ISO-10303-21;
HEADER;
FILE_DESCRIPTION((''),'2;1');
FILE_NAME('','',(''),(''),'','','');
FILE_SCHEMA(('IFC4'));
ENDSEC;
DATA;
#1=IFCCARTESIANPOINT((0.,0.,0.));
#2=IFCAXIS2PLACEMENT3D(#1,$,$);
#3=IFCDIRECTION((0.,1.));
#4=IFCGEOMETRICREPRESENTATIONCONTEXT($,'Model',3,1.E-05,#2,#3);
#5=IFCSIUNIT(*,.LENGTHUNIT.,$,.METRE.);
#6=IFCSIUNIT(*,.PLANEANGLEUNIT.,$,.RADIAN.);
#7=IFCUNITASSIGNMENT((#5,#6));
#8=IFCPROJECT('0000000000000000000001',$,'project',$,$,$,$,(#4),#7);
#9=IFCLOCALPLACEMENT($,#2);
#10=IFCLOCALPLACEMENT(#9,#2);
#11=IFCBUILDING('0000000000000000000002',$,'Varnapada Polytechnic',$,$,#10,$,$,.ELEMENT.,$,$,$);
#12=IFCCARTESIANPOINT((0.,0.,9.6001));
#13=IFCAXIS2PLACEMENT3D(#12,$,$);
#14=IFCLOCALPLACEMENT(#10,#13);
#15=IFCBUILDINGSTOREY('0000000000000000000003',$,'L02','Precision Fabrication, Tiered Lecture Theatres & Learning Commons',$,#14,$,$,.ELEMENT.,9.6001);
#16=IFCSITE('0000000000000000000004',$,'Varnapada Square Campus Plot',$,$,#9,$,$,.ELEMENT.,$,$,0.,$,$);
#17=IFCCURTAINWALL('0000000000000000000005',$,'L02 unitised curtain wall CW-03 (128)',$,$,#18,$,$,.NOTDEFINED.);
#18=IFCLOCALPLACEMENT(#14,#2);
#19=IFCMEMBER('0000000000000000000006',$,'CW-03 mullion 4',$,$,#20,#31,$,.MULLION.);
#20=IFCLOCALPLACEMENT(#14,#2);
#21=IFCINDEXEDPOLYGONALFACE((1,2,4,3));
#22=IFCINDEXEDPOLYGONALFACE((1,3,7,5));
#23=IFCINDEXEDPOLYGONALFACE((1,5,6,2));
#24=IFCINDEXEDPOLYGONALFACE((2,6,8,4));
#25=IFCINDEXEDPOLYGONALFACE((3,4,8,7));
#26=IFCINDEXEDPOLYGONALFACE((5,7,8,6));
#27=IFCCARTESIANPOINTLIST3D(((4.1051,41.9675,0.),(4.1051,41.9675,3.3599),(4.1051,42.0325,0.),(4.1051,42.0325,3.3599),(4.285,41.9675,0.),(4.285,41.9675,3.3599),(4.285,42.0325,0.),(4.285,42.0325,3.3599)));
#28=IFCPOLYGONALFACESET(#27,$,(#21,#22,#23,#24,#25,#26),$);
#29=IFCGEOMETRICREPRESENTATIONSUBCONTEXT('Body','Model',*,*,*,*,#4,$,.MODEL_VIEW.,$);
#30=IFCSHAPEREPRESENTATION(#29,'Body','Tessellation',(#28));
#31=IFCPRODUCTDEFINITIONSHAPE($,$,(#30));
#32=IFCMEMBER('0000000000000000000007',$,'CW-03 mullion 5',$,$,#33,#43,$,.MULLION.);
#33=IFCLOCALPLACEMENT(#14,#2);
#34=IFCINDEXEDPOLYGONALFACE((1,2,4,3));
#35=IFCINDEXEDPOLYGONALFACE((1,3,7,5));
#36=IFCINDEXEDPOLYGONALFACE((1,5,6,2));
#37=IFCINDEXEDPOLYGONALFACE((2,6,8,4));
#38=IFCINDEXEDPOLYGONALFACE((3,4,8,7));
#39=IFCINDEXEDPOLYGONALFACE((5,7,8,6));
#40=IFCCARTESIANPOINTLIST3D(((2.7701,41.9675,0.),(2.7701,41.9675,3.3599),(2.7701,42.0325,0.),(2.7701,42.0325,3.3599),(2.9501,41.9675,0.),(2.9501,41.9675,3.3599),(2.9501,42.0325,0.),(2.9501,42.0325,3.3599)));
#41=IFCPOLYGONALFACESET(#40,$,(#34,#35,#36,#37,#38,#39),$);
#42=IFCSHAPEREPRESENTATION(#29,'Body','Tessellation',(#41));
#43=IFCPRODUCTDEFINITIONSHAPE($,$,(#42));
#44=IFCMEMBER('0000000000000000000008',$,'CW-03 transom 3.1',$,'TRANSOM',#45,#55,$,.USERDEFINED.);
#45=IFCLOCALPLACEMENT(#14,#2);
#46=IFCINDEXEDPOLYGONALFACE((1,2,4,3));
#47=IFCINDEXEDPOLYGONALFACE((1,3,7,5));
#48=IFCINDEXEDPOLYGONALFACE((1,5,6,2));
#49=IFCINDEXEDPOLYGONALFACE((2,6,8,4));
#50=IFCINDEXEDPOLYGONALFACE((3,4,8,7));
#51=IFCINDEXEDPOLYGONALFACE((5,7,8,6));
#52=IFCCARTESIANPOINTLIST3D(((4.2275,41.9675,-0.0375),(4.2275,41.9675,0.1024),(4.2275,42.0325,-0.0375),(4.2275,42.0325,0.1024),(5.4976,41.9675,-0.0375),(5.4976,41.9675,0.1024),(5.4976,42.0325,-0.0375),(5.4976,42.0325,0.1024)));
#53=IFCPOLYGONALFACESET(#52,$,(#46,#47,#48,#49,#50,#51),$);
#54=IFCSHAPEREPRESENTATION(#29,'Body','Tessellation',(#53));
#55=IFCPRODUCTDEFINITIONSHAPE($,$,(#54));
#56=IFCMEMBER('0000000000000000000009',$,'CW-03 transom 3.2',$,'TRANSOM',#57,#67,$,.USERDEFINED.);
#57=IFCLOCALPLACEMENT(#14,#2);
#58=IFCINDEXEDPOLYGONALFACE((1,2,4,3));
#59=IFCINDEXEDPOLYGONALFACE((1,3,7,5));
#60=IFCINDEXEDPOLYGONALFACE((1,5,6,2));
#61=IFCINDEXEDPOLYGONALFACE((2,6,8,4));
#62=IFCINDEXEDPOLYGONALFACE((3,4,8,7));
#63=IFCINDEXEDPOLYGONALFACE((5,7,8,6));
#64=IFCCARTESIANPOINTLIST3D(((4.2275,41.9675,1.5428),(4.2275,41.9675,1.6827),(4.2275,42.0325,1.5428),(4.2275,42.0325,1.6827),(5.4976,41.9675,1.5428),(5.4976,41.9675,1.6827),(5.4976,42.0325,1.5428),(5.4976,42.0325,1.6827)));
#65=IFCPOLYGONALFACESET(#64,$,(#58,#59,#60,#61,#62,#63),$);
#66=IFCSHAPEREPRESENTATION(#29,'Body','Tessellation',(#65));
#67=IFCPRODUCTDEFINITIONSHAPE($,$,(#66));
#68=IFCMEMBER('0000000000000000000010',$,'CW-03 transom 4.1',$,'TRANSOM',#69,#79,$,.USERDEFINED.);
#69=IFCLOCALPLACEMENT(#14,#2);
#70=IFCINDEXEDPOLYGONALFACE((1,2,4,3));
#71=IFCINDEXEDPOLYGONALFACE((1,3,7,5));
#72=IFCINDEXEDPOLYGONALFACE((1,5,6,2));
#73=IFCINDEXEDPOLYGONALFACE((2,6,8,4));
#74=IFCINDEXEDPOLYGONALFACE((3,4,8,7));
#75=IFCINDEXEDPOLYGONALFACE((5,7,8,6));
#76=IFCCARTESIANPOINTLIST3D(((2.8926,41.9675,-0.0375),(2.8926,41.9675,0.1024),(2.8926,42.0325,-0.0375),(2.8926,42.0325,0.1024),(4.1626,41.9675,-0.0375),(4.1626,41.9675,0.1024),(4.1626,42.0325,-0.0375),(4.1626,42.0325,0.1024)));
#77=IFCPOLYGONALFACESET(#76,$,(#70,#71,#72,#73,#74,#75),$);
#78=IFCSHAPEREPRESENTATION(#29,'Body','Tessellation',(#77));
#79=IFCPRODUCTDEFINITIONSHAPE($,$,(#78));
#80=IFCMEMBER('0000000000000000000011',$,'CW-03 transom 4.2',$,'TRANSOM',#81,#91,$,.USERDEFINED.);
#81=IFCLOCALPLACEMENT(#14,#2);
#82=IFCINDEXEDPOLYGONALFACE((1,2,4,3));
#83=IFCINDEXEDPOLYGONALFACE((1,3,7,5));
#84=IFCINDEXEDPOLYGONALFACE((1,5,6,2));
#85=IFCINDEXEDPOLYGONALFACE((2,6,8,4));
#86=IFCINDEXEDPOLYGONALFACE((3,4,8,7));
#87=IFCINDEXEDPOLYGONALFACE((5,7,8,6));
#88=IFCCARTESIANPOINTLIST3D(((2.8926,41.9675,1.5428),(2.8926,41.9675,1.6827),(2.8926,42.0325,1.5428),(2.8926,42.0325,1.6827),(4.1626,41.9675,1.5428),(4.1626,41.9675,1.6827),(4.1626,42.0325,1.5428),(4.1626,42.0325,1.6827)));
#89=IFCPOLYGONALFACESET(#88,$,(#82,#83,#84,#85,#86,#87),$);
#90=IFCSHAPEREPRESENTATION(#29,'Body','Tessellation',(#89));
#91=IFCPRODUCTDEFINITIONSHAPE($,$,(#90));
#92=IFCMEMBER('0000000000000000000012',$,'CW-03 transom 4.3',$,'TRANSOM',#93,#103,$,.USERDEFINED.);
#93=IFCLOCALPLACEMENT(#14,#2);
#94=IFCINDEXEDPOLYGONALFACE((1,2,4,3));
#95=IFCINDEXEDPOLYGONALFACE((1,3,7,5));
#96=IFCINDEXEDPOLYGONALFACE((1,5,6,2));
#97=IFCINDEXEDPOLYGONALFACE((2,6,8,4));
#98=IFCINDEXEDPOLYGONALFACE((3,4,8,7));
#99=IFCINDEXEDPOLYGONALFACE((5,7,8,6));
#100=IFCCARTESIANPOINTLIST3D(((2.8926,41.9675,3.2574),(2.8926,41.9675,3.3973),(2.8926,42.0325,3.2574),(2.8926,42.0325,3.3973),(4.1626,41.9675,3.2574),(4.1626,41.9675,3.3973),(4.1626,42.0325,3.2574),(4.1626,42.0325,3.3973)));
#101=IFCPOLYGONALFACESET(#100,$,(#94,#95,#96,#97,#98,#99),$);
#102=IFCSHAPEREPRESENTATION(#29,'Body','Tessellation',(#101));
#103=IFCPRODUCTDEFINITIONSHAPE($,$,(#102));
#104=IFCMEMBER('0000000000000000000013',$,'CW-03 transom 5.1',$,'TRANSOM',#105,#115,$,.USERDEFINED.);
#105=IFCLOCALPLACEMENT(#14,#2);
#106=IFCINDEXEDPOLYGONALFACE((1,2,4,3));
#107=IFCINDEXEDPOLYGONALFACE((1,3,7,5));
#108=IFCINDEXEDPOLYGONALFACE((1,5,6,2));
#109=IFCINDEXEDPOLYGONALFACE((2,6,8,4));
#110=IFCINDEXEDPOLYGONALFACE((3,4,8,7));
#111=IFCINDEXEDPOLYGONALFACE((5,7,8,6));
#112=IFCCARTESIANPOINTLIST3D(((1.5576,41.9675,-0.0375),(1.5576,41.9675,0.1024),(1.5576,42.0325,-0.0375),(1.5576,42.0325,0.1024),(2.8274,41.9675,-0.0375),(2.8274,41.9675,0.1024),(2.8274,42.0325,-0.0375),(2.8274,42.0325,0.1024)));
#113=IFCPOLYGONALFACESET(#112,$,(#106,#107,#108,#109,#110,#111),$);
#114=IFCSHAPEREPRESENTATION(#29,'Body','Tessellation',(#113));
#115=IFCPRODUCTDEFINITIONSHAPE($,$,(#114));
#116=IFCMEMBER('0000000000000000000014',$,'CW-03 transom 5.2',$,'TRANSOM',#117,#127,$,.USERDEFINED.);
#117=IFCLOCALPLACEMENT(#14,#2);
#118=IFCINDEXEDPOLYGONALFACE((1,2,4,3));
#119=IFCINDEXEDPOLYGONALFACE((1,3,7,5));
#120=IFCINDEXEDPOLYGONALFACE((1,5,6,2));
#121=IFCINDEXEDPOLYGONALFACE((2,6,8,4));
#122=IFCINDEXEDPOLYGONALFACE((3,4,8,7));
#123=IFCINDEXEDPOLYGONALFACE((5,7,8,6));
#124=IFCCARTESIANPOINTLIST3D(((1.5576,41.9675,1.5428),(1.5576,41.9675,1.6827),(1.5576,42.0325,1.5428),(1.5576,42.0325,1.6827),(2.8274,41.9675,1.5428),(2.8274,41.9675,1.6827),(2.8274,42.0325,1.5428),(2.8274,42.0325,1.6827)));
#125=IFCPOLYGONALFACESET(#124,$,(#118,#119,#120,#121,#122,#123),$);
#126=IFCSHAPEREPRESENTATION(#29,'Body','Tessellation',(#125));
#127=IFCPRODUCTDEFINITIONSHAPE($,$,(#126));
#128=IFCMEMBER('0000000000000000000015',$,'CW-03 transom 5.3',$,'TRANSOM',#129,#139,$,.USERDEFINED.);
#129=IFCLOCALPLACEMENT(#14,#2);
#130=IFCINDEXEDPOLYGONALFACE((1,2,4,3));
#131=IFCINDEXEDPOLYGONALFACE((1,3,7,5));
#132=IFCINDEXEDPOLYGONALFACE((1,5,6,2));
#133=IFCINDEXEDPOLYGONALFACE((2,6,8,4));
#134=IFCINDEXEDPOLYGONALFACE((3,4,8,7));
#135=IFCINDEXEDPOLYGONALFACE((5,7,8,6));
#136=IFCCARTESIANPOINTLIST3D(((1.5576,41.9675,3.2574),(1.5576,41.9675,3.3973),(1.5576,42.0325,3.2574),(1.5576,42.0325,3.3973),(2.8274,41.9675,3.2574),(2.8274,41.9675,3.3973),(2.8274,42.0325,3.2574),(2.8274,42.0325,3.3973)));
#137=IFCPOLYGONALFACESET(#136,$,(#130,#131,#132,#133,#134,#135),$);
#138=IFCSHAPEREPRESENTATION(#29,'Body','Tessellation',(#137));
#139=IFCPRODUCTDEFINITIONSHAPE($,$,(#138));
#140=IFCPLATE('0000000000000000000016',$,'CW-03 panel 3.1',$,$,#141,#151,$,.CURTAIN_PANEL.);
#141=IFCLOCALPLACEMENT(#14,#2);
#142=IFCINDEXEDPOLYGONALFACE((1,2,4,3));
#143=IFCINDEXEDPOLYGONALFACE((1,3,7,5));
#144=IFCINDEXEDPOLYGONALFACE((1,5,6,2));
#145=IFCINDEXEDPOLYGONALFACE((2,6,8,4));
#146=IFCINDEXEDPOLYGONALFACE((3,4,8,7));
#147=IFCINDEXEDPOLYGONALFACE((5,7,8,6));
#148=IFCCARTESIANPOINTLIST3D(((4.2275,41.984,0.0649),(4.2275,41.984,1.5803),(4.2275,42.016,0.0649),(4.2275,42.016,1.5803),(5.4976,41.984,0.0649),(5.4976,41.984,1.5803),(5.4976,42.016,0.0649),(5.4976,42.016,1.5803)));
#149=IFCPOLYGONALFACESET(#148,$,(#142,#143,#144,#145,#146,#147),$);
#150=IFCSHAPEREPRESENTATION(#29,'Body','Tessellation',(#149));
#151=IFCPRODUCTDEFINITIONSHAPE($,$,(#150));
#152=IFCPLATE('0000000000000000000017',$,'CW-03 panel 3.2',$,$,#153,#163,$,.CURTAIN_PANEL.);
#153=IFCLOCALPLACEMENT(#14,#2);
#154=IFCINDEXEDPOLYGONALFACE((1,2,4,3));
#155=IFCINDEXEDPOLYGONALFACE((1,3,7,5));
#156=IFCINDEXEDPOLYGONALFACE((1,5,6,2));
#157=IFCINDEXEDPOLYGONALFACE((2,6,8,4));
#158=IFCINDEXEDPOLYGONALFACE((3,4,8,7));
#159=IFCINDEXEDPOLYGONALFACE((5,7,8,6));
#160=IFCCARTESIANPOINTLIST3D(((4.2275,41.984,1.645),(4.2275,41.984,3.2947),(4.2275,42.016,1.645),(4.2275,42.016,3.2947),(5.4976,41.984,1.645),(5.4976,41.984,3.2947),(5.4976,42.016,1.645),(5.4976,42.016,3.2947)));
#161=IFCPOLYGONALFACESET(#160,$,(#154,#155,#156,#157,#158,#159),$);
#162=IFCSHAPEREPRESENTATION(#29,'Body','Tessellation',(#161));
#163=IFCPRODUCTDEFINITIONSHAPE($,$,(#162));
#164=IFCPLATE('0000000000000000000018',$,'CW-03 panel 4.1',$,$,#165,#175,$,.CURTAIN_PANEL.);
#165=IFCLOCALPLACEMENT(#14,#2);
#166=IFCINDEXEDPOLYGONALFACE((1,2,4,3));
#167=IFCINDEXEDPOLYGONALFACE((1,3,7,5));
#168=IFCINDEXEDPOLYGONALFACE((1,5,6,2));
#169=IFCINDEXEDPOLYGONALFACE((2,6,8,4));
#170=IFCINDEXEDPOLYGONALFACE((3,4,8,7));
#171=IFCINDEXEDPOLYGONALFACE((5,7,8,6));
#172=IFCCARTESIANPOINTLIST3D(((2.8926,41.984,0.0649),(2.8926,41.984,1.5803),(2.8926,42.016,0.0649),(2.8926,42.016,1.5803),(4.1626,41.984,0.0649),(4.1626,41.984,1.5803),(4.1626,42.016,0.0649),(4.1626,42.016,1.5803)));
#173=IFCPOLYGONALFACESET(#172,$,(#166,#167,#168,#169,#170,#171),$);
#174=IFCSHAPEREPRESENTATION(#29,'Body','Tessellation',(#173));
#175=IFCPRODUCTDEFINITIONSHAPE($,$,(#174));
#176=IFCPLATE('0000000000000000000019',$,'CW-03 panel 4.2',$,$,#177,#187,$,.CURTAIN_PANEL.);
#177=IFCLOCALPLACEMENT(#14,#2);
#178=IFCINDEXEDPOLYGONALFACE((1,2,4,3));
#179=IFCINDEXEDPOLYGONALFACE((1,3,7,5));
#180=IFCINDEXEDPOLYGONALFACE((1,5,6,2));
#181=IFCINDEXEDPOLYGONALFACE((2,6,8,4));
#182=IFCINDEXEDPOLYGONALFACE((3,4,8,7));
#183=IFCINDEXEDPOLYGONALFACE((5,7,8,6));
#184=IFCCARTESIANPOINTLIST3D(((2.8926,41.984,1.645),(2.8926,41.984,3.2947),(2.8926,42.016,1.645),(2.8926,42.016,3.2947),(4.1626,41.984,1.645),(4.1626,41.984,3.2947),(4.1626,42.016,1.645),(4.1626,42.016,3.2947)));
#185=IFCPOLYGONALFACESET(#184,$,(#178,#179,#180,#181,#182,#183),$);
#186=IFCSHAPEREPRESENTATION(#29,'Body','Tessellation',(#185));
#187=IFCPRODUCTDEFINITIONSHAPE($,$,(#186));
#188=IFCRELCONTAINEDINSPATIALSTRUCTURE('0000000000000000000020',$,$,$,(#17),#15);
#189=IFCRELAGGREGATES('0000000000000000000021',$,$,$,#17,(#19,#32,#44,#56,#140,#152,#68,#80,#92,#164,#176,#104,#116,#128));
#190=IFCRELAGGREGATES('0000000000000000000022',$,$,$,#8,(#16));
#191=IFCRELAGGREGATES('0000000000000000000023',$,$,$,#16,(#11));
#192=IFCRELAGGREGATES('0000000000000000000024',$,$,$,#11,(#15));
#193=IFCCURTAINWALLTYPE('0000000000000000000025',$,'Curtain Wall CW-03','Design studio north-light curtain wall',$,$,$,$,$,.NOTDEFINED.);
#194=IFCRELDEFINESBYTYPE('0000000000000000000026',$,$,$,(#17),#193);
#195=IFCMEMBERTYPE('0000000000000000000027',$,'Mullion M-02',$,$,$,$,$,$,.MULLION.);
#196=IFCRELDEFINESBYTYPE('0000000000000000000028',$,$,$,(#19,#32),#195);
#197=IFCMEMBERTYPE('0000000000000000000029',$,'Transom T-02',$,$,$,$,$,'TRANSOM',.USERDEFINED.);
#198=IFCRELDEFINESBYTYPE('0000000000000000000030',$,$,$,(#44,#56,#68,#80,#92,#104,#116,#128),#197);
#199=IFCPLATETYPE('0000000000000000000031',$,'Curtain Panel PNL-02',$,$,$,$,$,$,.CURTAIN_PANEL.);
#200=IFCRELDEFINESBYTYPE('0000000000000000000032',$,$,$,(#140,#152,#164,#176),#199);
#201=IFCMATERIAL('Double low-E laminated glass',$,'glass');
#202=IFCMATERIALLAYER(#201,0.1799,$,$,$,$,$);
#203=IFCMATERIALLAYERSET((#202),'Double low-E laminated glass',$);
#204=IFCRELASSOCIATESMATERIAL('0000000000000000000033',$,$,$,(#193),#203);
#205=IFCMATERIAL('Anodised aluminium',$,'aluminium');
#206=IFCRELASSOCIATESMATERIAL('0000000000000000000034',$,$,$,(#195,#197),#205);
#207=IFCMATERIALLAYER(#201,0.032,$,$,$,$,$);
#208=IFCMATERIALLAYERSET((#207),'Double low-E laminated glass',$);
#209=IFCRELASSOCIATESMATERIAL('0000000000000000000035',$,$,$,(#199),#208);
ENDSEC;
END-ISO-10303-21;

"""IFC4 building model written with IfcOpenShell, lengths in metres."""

from ifc_helpers import new_model, si_unit, direction, frame, origin, origin_2d, place, context, subcontext, project, spatial, rectangle, extrude, material, layer, layer_set, material_profile, profile_set, type_object, element, aggregate, save


model = new_model("IFC4")

# Units and contexts
model_context = context("Model", 3, precision=1e-05, world=origin(), true_north=direction((0.0, 1.0)))
body_context = subcontext(model_context, "Body", "Model", "MODEL_VIEW")
ifc_project = project(units=[si_unit("LENGTHUNIT", "METRE"), si_unit("PLANEANGLEUNIT", "RADIAN")], contexts=[model_context])

# Site, building, storey
site_placement = place(None, origin())
site = spatial("IfcSite", under=ifc_project, at=site_placement, Name="Varnapada Square Campus Plot", CompositionType="ELEMENT", RefElevation=0.0)
building_placement = place(site_placement, origin())
building = spatial("IfcBuilding", under=site, at=building_placement, Name="Varnapada Polytechnic", CompositionType="ELEMENT")
storey_placement = place(building_placement, frame((0.0, 0.0, 9.6001)))
storey = spatial("IfcBuildingStorey", under=building, at=storey_placement, Name="L02", Description="Precision Fabrication, Tiered Lecture Theatres & Learning Commons", CompositionType="ELEMENT", Elevation=9.6001)

# Curtain wall, members, plates
ifc_material_1 = material(Name="Double low-E laminated glass", Category="glass")
ifc_layer_1 = layer(ifc_material_1, 0.1799)
ifc_layer_set_1 = layer_set([ifc_layer_1], Name="Double low-E laminated glass")
curtain_wall_type = type_object("IfcCurtainWallType", Name="Curtain Wall CW-03", Description="Design studio north-light curtain wall", PredefinedType="NOTDEFINED", material=ifc_layer_set_1)
curtain_wall_placement = place(storey_placement, origin())
curtain_wall = element("IfcCurtainWall", 1, at=curtain_wall_placement, inside=storey, type_object=curtain_wall_type, Name="L02 unitised curtain wall CW-03 (128)", PredefinedType="NOTDEFINED")
ifc_material_2 = material(Name="Anodised aluminium", Category="aluminium")
ifc_material_profile_1 = material_profile(ifc_material_2, rectangle(XDim=0.0649, YDim=0.1799, at=origin_2d()), Name="ALU M65x180")
ifc_profile_set_1 = profile_set([ifc_material_profile_1], Name="Anodised aluminium")
member_type_1 = type_object("IfcMemberType", Name="Mullion M-02", PredefinedType="MULLION", material=ifc_profile_set_1)
member_1_placement = place(storey_placement, frame((4.1951, 42.0, 0.0), z_axis=(0.0, 0.0, 1.0), x_axis=(0.0, -1.0, 0.0)))
member_1 = element("IfcMember", 2, at=member_1_placement, type_object=member_type_1, Name="CW-03 mullion 4", PredefinedType="MULLION", context=body_context, shape_type="SweptSolid", body=[
    extrude(rectangle(XDim=0.0649, YDim=0.1799, at=origin_2d()), origin(), (0.0, 0.0, 1.0), 3.3599),
])
member_2_placement = place(storey_placement, frame((2.8601, 42.0, 0.0), z_axis=(0.0, 0.0, 1.0), x_axis=(0.0, -1.0, 0.0)))
member_2 = element("IfcMember", 3, at=member_2_placement, type_object=member_type_1, Name="CW-03 mullion 5", PredefinedType="MULLION", context=body_context, shape_type="SweptSolid", body=[
    extrude(rectangle(XDim=0.0649, YDim=0.1799, at=origin_2d()), origin(), (0.0, 0.0, 1.0), 3.3599),
])
ifc_material_profile_2 = material_profile(ifc_material_2, rectangle(XDim=0.0649, YDim=0.1399, at=origin_2d()), Name="ALU T65x140")
ifc_profile_set_2 = profile_set([ifc_material_profile_2], Name="Anodised aluminium")
member_type_2 = type_object("IfcMemberType", Name="Transom T-02", ElementType="TRANSOM", PredefinedType="USERDEFINED", material=ifc_profile_set_2)
member_3_placement = place(storey_placement, frame((5.4976, 42.0, 0.0325), z_axis=(-1.0, 0.0, 0.0), x_axis=(0.0, -1.0, 0.0)))
member_3 = element("IfcMember", 4, at=member_3_placement, type_object=member_type_2, Name="CW-03 transom 3.1", ObjectType="TRANSOM", PredefinedType="USERDEFINED", context=body_context, shape_type="SweptSolid", body=[
    extrude(rectangle(XDim=0.0649, YDim=0.1399, at=origin_2d()), origin(), (0.0, 0.0, 1.0), 1.27),
])
member_4_placement = place(storey_placement, frame((5.4976, 42.0, 1.6128), z_axis=(-1.0, 0.0, 0.0), x_axis=(0.0, -1.0, 0.0)))
member_4 = element("IfcMember", 5, at=member_4_placement, type_object=member_type_2, Name="CW-03 transom 3.2", ObjectType="TRANSOM", PredefinedType="USERDEFINED", context=body_context, shape_type="SweptSolid", body=[
    extrude(rectangle(XDim=0.0649, YDim=0.1399, at=origin_2d()), origin(), (0.0, 0.0, 1.0), 1.27),
])
member_5_placement = place(storey_placement, frame((4.1626, 42.0, 0.0325), z_axis=(-1.0, 0.0, 0.0), x_axis=(0.0, -1.0, 0.0)))
member_5 = element("IfcMember", 6, at=member_5_placement, type_object=member_type_2, Name="CW-03 transom 4.1", ObjectType="TRANSOM", PredefinedType="USERDEFINED", context=body_context, shape_type="SweptSolid", body=[
    extrude(rectangle(XDim=0.0649, YDim=0.1399, at=origin_2d()), origin(), (0.0, 0.0, 1.0), 1.27),
])
member_6_placement = place(storey_placement, frame((4.1626, 42.0, 1.6128), z_axis=(-1.0, 0.0, 0.0), x_axis=(0.0, -1.0, 0.0)))
member_6 = element("IfcMember", 7, at=member_6_placement, type_object=member_type_2, Name="CW-03 transom 4.2", ObjectType="TRANSOM", PredefinedType="USERDEFINED", context=body_context, shape_type="SweptSolid", body=[
    extrude(rectangle(XDim=0.0649, YDim=0.1399, at=origin_2d()), origin(), (0.0, 0.0, 1.0), 1.27),
])
member_7_placement = place(storey_placement, frame((4.1626, 42.0, 3.3274), z_axis=(-1.0, 0.0, 0.0), x_axis=(0.0, -1.0, 0.0)))
member_7 = element("IfcMember", 8, at=member_7_placement, type_object=member_type_2, Name="CW-03 transom 4.3", ObjectType="TRANSOM", PredefinedType="USERDEFINED", context=body_context, shape_type="SweptSolid", body=[
    extrude(rectangle(XDim=0.0649, YDim=0.1399, at=origin_2d()), origin(), (0.0, 0.0, 1.0), 1.27),
])
member_8_placement = place(storey_placement, frame((2.8274, 42.0, 0.0325), z_axis=(-1.0, 0.0, 0.0), x_axis=(0.0, -1.0, 0.0)))
member_8 = element("IfcMember", 9, at=member_8_placement, type_object=member_type_2, Name="CW-03 transom 5.1", ObjectType="TRANSOM", PredefinedType="USERDEFINED", context=body_context, shape_type="SweptSolid", body=[
    extrude(rectangle(XDim=0.0649, YDim=0.1399, at=origin_2d()), origin(), (0.0, 0.0, 1.0), 1.2698),
])
member_9_placement = place(storey_placement, frame((2.8274, 42.0, 1.6128), z_axis=(-1.0, 0.0, 0.0), x_axis=(0.0, -1.0, 0.0)))
member_9 = element("IfcMember", 10, at=member_9_placement, type_object=member_type_2, Name="CW-03 transom 5.2", ObjectType="TRANSOM", PredefinedType="USERDEFINED", context=body_context, shape_type="SweptSolid", body=[
    extrude(rectangle(XDim=0.0649, YDim=0.1399, at=origin_2d()), origin(), (0.0, 0.0, 1.0), 1.2698),
])
member_10_placement = place(storey_placement, frame((2.8274, 42.0, 3.3274), z_axis=(-1.0, 0.0, 0.0), x_axis=(0.0, -1.0, 0.0)))
member_10 = element("IfcMember", 11, at=member_10_placement, type_object=member_type_2, Name="CW-03 transom 5.3", ObjectType="TRANSOM", PredefinedType="USERDEFINED", context=body_context, shape_type="SweptSolid", body=[
    extrude(rectangle(XDim=0.0649, YDim=0.1399, at=origin_2d()), origin(), (0.0, 0.0, 1.0), 1.2698),
])
ifc_layer_2 = layer(ifc_material_1, 0.032)
ifc_layer_set_2 = layer_set([ifc_layer_2], Name="Double low-E laminated glass")
plate_type = type_object("IfcPlateType", Name="Curtain Panel PNL-02", PredefinedType="CURTAIN_PANEL", material=ifc_layer_set_2)
plate_1_placement = place(storey_placement, frame((4.8625, 42.0, 0.0649), z_axis=(0.0, 0.0, 1.0), x_axis=(-1.0, 0.0, 0.0)))
plate_1 = element("IfcPlate", 12, at=plate_1_placement, type_object=plate_type, Name="CW-03 panel 3.1", PredefinedType="CURTAIN_PANEL", context=body_context, shape_type="SweptSolid", body=[
    extrude(rectangle(XDim=1.27, YDim=0.032, at=origin_2d()), origin(), (0.0, 0.0, 1.0), 1.5154),
])
plate_2_placement = place(storey_placement, frame((4.8625, 42.0, 1.645), z_axis=(0.0, 0.0, 1.0), x_axis=(-1.0, 0.0, 0.0)))
plate_2 = element("IfcPlate", 13, at=plate_2_placement, type_object=plate_type, Name="CW-03 panel 3.2", PredefinedType="CURTAIN_PANEL", context=body_context, shape_type="SweptSolid", body=[
    extrude(rectangle(XDim=1.27, YDim=0.032, at=origin_2d()), origin(), (0.0, 0.0, 1.0), 1.6497),
])
plate_3_placement = place(storey_placement, frame((3.5276, 42.0, 0.0649), z_axis=(0.0, 0.0, 1.0), x_axis=(-1.0, 0.0, 0.0)))
plate_3 = element("IfcPlate", 14, at=plate_3_placement, type_object=plate_type, Name="CW-03 panel 4.1", PredefinedType="CURTAIN_PANEL", context=body_context, shape_type="SweptSolid", body=[
    extrude(rectangle(XDim=1.27, YDim=0.032, at=origin_2d()), origin(), (0.0, 0.0, 1.0), 1.5154),
])
plate_4_placement = place(storey_placement, frame((3.5276, 42.0, 1.645), z_axis=(0.0, 0.0, 1.0), x_axis=(-1.0, 0.0, 0.0)))
plate_4 = element("IfcPlate", 15, at=plate_4_placement, type_object=plate_type, Name="CW-03 panel 4.2", PredefinedType="CURTAIN_PANEL", context=body_context, shape_type="SweptSolid", body=[
    extrude(rectangle(XDim=1.27, YDim=0.032, at=origin_2d()), origin(), (0.0, 0.0, 1.0), 1.6497),
])
aggregate(curtain_wall, [member_1, member_2, member_3, member_4, plate_1, plate_2, member_5, member_6, member_7, plate_3, plate_4, member_8, member_9, member_10])

save(model, "model.ifc")
